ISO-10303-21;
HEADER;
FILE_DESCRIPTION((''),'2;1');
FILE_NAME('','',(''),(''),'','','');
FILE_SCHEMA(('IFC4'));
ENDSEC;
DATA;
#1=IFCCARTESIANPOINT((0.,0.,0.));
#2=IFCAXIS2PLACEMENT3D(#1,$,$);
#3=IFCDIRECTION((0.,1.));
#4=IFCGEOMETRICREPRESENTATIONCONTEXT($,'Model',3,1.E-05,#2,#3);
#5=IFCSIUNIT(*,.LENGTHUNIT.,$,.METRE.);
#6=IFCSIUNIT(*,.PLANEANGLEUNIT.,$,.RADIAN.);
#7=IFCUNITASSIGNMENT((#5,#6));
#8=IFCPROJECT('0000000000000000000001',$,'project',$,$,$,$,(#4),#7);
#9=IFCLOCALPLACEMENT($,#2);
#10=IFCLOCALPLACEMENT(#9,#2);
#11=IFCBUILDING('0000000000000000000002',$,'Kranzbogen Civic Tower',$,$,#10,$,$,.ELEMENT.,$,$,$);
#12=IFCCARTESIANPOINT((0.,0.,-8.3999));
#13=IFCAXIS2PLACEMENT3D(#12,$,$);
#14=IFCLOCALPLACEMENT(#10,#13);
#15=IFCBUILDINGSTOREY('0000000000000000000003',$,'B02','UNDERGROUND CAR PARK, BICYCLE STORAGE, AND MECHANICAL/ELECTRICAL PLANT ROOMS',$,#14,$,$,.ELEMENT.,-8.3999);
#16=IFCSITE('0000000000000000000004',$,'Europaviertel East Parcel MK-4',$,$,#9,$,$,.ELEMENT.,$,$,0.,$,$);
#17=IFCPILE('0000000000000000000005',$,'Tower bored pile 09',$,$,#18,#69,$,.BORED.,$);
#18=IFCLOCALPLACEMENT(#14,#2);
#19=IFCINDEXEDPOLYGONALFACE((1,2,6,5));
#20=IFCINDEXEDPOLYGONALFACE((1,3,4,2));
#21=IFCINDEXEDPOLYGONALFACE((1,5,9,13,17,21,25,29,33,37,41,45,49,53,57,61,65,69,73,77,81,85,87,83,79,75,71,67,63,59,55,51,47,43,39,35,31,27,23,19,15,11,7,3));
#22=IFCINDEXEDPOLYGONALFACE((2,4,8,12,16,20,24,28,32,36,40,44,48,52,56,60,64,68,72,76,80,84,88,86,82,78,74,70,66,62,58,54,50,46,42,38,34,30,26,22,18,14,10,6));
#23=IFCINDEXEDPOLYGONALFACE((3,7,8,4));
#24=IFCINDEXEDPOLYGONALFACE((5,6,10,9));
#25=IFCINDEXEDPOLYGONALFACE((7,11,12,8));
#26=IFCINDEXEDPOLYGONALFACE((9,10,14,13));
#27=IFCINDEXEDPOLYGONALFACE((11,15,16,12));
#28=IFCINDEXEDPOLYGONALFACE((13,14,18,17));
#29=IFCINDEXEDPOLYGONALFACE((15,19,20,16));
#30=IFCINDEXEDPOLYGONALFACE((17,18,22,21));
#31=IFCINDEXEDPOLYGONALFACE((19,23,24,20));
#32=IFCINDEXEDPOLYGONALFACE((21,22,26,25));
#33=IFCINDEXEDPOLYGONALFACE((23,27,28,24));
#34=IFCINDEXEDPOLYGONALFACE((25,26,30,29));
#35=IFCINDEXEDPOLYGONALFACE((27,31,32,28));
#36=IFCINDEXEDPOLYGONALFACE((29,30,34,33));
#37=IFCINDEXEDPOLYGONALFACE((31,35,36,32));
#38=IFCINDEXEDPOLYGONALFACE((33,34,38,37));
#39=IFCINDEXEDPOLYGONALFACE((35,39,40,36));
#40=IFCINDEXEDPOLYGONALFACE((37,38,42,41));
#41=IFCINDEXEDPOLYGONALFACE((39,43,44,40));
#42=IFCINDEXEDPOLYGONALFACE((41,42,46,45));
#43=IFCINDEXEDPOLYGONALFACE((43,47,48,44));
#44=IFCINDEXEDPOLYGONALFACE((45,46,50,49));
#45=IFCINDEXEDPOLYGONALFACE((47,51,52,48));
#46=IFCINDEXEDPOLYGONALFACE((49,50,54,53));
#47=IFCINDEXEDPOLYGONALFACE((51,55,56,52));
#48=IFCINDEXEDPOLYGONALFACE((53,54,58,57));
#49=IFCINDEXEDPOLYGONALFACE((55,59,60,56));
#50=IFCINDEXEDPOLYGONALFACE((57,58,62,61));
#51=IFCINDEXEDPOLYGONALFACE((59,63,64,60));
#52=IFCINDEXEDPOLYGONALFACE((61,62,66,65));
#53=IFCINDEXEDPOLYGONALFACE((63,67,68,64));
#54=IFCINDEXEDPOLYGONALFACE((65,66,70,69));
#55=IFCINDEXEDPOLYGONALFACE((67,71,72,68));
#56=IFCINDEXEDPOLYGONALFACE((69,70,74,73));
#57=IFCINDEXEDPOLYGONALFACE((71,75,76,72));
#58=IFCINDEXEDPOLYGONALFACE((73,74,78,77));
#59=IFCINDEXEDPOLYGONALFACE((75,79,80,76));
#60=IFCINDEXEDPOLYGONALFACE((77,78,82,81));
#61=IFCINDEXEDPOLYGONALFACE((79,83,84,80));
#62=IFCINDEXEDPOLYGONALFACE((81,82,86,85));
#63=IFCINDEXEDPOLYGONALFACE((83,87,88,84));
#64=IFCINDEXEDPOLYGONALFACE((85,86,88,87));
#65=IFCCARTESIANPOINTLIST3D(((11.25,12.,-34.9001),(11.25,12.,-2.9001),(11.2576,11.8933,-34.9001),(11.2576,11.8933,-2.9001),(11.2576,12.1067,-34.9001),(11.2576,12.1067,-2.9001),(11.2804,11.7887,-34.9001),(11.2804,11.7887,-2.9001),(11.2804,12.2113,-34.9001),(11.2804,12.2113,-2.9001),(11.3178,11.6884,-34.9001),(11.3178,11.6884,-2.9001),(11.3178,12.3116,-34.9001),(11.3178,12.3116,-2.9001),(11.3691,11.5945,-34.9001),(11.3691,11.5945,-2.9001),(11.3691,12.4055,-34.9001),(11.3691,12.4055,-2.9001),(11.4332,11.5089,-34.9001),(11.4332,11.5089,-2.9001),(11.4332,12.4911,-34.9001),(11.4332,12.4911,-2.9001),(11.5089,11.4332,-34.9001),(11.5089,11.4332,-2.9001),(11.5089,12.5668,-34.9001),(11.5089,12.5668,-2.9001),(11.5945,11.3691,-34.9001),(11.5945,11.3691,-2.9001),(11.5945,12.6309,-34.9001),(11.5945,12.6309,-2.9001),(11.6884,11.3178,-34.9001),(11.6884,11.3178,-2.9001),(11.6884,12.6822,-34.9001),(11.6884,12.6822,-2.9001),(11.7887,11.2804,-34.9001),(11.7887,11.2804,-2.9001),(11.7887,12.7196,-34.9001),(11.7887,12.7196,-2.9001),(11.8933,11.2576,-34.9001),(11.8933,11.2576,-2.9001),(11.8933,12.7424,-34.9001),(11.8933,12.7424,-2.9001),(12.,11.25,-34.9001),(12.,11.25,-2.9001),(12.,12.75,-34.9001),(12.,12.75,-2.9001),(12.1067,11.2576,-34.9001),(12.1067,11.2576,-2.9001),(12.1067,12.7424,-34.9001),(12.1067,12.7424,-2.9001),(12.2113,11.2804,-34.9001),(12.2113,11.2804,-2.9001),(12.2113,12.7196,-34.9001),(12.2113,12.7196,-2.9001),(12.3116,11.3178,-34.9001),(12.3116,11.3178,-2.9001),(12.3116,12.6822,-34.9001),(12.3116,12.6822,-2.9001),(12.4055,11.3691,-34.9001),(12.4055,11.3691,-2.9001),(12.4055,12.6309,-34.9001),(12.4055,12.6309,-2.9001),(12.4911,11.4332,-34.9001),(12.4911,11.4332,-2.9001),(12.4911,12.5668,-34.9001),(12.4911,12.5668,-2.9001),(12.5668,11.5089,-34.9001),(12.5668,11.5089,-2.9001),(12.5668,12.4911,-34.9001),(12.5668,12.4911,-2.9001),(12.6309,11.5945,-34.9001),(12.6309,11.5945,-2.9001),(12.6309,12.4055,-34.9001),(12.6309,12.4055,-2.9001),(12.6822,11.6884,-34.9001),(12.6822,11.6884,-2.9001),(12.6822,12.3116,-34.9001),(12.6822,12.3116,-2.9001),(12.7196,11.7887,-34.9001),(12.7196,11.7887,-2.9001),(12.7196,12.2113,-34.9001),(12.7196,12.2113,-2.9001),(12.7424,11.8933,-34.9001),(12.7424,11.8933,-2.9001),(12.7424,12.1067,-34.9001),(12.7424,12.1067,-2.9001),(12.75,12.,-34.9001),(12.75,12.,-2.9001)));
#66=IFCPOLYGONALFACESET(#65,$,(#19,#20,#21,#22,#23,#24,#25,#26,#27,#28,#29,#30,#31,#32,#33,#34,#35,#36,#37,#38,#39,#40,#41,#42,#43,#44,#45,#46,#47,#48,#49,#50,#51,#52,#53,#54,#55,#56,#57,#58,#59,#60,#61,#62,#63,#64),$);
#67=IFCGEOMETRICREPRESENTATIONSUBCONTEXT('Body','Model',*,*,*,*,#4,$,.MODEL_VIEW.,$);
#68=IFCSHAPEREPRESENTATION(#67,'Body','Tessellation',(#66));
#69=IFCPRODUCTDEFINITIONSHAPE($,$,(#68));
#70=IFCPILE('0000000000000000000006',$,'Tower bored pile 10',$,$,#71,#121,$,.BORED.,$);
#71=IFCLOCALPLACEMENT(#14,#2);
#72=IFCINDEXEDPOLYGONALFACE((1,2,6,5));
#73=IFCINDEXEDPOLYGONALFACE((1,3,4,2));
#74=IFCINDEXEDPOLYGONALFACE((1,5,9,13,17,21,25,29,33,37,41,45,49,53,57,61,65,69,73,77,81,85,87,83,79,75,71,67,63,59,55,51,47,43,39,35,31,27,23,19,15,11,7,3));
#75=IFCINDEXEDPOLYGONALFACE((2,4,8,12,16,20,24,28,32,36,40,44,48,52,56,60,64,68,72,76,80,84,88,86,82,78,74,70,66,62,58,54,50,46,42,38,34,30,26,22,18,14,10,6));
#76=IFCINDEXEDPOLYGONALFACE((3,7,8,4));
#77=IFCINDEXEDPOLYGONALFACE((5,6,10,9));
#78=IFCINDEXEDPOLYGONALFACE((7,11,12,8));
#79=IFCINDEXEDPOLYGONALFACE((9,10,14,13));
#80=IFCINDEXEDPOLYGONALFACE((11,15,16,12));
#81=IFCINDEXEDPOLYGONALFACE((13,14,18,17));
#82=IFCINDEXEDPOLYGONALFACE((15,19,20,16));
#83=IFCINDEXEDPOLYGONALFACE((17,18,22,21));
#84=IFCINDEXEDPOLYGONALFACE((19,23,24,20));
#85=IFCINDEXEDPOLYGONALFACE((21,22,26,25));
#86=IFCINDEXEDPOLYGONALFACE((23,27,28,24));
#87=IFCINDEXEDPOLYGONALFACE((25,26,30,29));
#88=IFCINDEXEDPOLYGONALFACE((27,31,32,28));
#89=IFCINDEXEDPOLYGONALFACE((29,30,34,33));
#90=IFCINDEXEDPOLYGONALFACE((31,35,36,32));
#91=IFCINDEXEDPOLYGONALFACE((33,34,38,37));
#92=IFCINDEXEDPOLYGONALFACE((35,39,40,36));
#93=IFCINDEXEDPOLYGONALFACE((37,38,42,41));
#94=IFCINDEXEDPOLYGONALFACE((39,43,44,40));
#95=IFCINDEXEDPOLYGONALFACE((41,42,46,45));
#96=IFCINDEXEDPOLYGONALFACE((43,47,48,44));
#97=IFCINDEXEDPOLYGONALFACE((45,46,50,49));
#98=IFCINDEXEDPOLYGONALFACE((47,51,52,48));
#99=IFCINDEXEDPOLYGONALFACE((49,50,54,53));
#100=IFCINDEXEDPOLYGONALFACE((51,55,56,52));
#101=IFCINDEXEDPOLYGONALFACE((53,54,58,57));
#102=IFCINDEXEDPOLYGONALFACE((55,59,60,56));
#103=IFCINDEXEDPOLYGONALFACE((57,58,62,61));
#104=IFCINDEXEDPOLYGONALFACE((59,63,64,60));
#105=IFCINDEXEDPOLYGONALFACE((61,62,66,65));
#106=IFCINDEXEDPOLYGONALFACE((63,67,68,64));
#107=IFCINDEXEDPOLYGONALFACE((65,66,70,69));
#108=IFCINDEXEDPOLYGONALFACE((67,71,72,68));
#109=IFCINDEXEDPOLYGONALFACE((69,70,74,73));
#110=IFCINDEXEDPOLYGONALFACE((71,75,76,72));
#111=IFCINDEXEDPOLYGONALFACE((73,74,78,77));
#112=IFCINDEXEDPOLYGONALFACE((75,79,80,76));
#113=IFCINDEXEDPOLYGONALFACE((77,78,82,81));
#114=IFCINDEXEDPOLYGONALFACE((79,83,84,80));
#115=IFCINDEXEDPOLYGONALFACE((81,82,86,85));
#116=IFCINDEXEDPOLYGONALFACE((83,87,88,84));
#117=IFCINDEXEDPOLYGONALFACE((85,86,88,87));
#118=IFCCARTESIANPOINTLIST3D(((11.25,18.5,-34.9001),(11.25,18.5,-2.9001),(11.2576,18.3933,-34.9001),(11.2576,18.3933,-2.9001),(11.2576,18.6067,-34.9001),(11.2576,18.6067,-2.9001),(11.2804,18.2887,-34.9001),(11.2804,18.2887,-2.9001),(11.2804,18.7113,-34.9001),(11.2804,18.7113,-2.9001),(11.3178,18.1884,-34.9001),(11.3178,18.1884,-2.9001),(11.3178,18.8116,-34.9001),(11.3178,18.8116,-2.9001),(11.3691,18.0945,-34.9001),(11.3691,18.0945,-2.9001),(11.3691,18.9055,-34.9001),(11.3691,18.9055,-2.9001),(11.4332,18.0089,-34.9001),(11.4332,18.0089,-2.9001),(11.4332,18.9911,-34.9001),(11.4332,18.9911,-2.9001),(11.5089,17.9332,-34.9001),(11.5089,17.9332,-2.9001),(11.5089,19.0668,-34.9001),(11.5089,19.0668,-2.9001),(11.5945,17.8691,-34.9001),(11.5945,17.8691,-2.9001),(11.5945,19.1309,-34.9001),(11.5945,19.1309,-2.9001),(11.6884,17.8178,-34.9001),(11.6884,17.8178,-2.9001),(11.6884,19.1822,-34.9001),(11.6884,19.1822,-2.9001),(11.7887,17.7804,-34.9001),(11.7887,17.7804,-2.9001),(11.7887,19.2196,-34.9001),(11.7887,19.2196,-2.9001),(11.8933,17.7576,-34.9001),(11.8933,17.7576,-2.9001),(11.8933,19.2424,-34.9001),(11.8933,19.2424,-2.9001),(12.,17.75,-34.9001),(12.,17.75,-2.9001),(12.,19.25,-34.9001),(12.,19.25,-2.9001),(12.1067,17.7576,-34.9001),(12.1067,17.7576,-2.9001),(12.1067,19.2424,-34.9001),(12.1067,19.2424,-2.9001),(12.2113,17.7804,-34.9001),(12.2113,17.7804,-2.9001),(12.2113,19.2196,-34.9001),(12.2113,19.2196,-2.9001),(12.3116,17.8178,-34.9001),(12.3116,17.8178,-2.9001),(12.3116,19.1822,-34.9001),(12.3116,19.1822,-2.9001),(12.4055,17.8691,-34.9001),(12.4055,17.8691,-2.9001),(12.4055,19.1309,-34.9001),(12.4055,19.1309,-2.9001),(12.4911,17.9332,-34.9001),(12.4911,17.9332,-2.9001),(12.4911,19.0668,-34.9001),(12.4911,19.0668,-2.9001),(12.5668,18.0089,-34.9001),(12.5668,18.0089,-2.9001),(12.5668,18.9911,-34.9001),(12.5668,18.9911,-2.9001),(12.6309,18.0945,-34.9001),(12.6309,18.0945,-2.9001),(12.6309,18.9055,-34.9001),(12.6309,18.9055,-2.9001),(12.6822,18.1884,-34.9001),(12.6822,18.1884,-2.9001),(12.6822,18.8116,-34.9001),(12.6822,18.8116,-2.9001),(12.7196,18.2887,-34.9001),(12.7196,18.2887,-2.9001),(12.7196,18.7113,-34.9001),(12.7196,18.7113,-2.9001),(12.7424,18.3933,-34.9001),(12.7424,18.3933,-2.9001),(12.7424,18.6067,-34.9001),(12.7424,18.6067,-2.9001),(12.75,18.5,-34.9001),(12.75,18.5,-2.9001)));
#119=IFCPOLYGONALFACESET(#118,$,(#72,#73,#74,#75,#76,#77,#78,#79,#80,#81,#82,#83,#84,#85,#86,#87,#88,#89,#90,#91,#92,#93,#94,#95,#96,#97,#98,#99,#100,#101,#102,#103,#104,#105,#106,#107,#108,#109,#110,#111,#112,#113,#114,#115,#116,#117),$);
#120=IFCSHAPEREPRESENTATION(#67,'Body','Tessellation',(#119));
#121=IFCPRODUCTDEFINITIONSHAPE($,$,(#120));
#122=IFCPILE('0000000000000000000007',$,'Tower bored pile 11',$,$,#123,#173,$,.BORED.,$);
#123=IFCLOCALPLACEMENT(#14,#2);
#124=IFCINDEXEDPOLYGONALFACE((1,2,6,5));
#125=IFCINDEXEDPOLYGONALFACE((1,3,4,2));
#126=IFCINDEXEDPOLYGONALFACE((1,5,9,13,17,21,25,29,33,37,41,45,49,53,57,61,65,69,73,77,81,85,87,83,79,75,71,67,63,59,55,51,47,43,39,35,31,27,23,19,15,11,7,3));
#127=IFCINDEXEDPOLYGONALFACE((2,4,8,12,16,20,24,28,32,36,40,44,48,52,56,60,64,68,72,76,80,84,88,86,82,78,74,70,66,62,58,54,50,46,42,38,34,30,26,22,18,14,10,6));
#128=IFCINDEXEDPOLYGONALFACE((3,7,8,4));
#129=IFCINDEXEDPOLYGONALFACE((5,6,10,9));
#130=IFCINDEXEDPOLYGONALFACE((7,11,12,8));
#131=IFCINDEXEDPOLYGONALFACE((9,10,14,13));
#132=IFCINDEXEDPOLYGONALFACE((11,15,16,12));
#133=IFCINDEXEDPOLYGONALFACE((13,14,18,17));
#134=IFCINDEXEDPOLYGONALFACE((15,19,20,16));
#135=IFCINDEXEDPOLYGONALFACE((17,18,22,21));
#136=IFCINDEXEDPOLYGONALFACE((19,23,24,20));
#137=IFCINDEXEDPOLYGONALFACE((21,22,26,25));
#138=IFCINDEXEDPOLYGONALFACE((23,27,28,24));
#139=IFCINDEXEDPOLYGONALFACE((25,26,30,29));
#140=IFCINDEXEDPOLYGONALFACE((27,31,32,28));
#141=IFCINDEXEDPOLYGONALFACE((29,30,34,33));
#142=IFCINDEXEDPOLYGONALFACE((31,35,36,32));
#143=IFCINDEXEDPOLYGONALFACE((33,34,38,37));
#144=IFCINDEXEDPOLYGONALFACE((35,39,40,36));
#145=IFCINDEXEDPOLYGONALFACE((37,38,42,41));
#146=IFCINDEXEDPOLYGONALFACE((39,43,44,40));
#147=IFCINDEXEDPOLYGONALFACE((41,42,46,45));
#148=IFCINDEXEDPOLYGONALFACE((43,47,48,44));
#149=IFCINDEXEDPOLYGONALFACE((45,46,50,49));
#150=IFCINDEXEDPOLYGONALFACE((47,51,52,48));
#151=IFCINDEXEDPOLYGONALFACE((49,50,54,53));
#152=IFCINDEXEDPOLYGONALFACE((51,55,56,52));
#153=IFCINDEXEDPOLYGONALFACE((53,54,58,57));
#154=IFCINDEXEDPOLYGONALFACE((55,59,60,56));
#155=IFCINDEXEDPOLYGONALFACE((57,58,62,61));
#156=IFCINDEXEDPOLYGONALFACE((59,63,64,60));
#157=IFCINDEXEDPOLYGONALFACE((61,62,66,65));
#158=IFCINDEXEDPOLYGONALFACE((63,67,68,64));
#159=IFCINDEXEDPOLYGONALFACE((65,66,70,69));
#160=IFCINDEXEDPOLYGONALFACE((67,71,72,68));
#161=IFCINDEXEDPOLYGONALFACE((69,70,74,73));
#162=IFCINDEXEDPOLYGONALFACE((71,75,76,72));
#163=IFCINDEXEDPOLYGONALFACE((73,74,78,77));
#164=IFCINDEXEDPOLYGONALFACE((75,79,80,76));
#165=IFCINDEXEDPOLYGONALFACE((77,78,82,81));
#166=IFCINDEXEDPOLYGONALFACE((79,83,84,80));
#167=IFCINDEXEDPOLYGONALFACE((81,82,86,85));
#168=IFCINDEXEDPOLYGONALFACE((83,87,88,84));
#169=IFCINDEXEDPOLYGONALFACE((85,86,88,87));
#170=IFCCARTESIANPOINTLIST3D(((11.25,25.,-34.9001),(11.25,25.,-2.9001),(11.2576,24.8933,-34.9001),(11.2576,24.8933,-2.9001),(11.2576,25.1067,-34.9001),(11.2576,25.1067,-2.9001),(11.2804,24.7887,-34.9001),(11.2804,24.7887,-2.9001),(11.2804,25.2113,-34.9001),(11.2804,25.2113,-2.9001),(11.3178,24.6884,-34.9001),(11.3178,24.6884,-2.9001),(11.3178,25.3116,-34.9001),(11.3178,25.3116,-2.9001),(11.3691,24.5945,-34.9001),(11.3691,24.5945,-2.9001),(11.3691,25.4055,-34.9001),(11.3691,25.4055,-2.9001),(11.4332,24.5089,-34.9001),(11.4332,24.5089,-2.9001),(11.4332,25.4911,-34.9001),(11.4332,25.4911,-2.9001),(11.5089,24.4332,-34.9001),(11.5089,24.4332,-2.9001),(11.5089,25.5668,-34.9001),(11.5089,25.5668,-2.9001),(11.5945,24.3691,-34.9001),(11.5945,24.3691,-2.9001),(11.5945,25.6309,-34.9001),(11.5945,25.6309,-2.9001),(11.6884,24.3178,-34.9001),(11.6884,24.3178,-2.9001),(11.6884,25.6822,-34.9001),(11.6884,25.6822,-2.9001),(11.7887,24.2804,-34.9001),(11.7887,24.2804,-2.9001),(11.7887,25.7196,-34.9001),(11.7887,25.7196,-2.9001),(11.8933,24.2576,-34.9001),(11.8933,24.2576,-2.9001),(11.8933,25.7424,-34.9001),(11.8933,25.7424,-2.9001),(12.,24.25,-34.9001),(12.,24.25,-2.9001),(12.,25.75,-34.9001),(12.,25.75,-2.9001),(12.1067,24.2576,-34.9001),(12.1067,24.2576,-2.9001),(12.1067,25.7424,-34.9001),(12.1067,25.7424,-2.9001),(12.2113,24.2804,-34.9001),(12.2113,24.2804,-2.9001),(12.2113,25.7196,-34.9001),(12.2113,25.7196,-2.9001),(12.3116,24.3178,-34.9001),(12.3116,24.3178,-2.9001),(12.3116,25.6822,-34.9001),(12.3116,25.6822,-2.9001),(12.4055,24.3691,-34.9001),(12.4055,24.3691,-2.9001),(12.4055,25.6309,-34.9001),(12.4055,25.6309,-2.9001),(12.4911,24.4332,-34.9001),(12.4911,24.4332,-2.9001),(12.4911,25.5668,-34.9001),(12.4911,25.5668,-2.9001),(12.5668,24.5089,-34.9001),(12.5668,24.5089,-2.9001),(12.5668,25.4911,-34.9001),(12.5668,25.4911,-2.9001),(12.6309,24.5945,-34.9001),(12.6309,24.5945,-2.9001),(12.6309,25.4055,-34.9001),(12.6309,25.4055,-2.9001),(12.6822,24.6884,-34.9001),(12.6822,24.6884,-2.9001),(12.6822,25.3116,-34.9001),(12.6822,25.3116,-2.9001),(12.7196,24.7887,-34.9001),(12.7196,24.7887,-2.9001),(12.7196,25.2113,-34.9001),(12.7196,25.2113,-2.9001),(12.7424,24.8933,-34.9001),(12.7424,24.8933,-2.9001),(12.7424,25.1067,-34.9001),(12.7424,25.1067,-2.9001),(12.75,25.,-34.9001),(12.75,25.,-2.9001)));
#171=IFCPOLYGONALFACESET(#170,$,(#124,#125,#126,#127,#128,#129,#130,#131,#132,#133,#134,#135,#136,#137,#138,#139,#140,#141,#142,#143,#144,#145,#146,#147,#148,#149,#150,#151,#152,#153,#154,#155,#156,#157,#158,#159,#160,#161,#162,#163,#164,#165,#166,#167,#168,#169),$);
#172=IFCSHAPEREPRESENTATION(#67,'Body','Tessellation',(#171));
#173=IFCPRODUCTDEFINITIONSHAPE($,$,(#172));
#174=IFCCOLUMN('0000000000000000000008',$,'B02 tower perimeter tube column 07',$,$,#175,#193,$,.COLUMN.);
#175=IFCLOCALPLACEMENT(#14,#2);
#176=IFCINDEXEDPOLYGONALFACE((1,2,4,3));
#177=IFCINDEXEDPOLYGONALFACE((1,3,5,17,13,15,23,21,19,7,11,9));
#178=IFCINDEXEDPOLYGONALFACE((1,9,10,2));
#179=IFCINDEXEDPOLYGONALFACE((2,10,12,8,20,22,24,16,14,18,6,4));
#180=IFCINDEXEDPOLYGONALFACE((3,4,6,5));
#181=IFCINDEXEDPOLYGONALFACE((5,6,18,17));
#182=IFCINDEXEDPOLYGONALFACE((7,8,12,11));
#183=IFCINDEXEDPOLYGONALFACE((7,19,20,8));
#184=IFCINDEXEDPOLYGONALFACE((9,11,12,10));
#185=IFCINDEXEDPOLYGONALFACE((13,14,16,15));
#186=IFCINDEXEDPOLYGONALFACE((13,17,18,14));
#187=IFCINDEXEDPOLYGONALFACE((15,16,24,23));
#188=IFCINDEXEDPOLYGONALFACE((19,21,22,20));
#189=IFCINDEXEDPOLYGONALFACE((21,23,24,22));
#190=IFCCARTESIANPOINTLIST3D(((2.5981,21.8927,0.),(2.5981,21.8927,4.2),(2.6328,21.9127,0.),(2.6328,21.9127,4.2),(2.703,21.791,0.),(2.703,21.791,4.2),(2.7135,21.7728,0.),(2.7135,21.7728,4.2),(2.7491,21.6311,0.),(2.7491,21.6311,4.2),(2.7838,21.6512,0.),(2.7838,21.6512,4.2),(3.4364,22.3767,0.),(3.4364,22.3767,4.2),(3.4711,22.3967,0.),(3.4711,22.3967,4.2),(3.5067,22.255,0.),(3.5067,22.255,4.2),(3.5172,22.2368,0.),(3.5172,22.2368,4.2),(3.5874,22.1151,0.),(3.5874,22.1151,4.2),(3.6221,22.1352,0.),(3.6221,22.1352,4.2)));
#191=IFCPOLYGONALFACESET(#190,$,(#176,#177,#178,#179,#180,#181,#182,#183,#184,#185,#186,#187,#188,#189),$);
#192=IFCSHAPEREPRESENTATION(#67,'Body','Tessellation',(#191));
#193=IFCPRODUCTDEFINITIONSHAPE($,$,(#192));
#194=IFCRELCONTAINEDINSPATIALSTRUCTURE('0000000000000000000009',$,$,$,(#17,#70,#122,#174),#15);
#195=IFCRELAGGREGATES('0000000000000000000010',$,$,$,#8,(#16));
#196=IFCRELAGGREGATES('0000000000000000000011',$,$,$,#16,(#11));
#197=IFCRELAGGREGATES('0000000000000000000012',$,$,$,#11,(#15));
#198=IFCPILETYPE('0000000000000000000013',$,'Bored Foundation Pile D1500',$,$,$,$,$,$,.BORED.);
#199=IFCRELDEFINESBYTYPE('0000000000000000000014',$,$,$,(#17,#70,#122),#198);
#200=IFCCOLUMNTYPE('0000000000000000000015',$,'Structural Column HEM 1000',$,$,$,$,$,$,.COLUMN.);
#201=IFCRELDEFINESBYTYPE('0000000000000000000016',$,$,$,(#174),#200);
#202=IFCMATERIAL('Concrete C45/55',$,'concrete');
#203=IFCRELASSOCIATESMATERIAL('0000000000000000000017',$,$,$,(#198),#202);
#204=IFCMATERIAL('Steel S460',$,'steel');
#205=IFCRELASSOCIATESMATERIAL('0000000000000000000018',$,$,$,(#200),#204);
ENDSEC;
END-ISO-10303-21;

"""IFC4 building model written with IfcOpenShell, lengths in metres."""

from ifc_helpers import new_model, si_unit, direction, frame, origin, origin_2d, place, context, subcontext, project, spatial, circle, i_section, extrude, material, material_profile, profile_set, type_object, element, save


model = new_model("IFC4")

# Units and contexts
model_context = context("Model", 3, precision=1e-05, world=origin(), true_north=direction((0.0, 1.0)))
body_context = subcontext(model_context, "Body", "Model", "MODEL_VIEW")
ifc_project = project(units=[si_unit("LENGTHUNIT", "METRE"), si_unit("PLANEANGLEUNIT", "RADIAN")], contexts=[model_context])

# Site, building, storey
site_placement = place(None, origin())
site = spatial("IfcSite", under=ifc_project, at=site_placement, Name="Europaviertel East Parcel MK-4", CompositionType="ELEMENT", RefElevation=0.0)
building_placement = place(site_placement, origin())
building = spatial("IfcBuilding", under=site, at=building_placement, Name="Kranzbogen Civic Tower", CompositionType="ELEMENT")
storey_placement = place(building_placement, frame((0.0, 0.0, -8.3999)))
storey = spatial("IfcBuildingStorey", under=building, at=storey_placement, Name="B02", Description="UNDERGROUND CAR PARK, BICYCLE STORAGE, AND MECHANICAL/ELECTRICAL PLANT ROOMS", CompositionType="ELEMENT", Elevation=-8.3999)

# Piles
ifc_material_1 = material(Name="Concrete C45/55", Category="concrete")
ifc_material_profile_1 = material_profile(ifc_material_1, circle(Radius=0.75, at=origin_2d()), Name="PILE D1500")
ifc_profile_set_1 = profile_set([ifc_material_profile_1], Name="Concrete C45/55")
pile_type = type_object("IfcPileType", Name="Bored Foundation Pile D1500", PredefinedType="BORED", material=ifc_profile_set_1)
for number, where, z_axis, x_axis, name in (
    (1, (12.0, 12.0, -2.9001), (0.0, 0.0, -1.0), (1.0, 0.0, 0.0), "Tower bored pile 09"),
    (2, (12.0, 18.5, -2.9001), (0.0, 0.0, -1.0), (1.0, 0.0, 0.0), "Tower bored pile 10"),
    (3, (12.0, 25.0, -2.9001), (0.0, 0.0, -1.0), (1.0, 0.0, 0.0), "Tower bored pile 11"),
):
    element("IfcPile", number, at=place(storey_placement, frame(where, z_axis=z_axis, x_axis=x_axis)), inside=storey, type_object=pile_type, Name=name, PredefinedType="BORED", context=body_context, shape_type="SweptSolid", body=[
        extrude(circle(Radius=0.75, at=origin_2d()), origin(), (0.0, 0.0, 1.0), 32.0),
    ])

# Column
ifc_material_2 = material(Name="Steel S460", Category="steel")
ifc_material_profile_2 = material_profile(ifc_material_2, i_section(OverallWidth=0.302, OverallDepth=1.0081, WebThickness=0.021, FlangeThickness=0.04, at=origin_2d()), Name="HEM 1000")
ifc_profile_set_2 = profile_set([ifc_material_profile_2], Name="Steel S460")
column_type_1 = type_object("IfcColumnType", Name="Structural Column HEM 1000", PredefinedType="COLUMN", material=ifc_profile_set_2)
column_1_placement = place(storey_placement, frame((3.1101, 22.0139, 0.0), z_axis=(0.0, 0.0, 1.0), x_axis=(-0.5, 0.866025, 0.0)))
element("IfcColumn", 4, at=column_1_placement, inside=storey, type_object=column_type_1, Name="B02 tower perimeter tube column 07", PredefinedType="COLUMN", context=body_context, shape_type="SweptSolid", body=[
    extrude(i_section(OverallWidth=0.302, OverallDepth=1.0081, WebThickness=0.021, FlangeThickness=0.04, at=origin_2d()), origin(), (0.0, 0.0, 1.0), 4.2),
])

save(model, "model.ifc")
